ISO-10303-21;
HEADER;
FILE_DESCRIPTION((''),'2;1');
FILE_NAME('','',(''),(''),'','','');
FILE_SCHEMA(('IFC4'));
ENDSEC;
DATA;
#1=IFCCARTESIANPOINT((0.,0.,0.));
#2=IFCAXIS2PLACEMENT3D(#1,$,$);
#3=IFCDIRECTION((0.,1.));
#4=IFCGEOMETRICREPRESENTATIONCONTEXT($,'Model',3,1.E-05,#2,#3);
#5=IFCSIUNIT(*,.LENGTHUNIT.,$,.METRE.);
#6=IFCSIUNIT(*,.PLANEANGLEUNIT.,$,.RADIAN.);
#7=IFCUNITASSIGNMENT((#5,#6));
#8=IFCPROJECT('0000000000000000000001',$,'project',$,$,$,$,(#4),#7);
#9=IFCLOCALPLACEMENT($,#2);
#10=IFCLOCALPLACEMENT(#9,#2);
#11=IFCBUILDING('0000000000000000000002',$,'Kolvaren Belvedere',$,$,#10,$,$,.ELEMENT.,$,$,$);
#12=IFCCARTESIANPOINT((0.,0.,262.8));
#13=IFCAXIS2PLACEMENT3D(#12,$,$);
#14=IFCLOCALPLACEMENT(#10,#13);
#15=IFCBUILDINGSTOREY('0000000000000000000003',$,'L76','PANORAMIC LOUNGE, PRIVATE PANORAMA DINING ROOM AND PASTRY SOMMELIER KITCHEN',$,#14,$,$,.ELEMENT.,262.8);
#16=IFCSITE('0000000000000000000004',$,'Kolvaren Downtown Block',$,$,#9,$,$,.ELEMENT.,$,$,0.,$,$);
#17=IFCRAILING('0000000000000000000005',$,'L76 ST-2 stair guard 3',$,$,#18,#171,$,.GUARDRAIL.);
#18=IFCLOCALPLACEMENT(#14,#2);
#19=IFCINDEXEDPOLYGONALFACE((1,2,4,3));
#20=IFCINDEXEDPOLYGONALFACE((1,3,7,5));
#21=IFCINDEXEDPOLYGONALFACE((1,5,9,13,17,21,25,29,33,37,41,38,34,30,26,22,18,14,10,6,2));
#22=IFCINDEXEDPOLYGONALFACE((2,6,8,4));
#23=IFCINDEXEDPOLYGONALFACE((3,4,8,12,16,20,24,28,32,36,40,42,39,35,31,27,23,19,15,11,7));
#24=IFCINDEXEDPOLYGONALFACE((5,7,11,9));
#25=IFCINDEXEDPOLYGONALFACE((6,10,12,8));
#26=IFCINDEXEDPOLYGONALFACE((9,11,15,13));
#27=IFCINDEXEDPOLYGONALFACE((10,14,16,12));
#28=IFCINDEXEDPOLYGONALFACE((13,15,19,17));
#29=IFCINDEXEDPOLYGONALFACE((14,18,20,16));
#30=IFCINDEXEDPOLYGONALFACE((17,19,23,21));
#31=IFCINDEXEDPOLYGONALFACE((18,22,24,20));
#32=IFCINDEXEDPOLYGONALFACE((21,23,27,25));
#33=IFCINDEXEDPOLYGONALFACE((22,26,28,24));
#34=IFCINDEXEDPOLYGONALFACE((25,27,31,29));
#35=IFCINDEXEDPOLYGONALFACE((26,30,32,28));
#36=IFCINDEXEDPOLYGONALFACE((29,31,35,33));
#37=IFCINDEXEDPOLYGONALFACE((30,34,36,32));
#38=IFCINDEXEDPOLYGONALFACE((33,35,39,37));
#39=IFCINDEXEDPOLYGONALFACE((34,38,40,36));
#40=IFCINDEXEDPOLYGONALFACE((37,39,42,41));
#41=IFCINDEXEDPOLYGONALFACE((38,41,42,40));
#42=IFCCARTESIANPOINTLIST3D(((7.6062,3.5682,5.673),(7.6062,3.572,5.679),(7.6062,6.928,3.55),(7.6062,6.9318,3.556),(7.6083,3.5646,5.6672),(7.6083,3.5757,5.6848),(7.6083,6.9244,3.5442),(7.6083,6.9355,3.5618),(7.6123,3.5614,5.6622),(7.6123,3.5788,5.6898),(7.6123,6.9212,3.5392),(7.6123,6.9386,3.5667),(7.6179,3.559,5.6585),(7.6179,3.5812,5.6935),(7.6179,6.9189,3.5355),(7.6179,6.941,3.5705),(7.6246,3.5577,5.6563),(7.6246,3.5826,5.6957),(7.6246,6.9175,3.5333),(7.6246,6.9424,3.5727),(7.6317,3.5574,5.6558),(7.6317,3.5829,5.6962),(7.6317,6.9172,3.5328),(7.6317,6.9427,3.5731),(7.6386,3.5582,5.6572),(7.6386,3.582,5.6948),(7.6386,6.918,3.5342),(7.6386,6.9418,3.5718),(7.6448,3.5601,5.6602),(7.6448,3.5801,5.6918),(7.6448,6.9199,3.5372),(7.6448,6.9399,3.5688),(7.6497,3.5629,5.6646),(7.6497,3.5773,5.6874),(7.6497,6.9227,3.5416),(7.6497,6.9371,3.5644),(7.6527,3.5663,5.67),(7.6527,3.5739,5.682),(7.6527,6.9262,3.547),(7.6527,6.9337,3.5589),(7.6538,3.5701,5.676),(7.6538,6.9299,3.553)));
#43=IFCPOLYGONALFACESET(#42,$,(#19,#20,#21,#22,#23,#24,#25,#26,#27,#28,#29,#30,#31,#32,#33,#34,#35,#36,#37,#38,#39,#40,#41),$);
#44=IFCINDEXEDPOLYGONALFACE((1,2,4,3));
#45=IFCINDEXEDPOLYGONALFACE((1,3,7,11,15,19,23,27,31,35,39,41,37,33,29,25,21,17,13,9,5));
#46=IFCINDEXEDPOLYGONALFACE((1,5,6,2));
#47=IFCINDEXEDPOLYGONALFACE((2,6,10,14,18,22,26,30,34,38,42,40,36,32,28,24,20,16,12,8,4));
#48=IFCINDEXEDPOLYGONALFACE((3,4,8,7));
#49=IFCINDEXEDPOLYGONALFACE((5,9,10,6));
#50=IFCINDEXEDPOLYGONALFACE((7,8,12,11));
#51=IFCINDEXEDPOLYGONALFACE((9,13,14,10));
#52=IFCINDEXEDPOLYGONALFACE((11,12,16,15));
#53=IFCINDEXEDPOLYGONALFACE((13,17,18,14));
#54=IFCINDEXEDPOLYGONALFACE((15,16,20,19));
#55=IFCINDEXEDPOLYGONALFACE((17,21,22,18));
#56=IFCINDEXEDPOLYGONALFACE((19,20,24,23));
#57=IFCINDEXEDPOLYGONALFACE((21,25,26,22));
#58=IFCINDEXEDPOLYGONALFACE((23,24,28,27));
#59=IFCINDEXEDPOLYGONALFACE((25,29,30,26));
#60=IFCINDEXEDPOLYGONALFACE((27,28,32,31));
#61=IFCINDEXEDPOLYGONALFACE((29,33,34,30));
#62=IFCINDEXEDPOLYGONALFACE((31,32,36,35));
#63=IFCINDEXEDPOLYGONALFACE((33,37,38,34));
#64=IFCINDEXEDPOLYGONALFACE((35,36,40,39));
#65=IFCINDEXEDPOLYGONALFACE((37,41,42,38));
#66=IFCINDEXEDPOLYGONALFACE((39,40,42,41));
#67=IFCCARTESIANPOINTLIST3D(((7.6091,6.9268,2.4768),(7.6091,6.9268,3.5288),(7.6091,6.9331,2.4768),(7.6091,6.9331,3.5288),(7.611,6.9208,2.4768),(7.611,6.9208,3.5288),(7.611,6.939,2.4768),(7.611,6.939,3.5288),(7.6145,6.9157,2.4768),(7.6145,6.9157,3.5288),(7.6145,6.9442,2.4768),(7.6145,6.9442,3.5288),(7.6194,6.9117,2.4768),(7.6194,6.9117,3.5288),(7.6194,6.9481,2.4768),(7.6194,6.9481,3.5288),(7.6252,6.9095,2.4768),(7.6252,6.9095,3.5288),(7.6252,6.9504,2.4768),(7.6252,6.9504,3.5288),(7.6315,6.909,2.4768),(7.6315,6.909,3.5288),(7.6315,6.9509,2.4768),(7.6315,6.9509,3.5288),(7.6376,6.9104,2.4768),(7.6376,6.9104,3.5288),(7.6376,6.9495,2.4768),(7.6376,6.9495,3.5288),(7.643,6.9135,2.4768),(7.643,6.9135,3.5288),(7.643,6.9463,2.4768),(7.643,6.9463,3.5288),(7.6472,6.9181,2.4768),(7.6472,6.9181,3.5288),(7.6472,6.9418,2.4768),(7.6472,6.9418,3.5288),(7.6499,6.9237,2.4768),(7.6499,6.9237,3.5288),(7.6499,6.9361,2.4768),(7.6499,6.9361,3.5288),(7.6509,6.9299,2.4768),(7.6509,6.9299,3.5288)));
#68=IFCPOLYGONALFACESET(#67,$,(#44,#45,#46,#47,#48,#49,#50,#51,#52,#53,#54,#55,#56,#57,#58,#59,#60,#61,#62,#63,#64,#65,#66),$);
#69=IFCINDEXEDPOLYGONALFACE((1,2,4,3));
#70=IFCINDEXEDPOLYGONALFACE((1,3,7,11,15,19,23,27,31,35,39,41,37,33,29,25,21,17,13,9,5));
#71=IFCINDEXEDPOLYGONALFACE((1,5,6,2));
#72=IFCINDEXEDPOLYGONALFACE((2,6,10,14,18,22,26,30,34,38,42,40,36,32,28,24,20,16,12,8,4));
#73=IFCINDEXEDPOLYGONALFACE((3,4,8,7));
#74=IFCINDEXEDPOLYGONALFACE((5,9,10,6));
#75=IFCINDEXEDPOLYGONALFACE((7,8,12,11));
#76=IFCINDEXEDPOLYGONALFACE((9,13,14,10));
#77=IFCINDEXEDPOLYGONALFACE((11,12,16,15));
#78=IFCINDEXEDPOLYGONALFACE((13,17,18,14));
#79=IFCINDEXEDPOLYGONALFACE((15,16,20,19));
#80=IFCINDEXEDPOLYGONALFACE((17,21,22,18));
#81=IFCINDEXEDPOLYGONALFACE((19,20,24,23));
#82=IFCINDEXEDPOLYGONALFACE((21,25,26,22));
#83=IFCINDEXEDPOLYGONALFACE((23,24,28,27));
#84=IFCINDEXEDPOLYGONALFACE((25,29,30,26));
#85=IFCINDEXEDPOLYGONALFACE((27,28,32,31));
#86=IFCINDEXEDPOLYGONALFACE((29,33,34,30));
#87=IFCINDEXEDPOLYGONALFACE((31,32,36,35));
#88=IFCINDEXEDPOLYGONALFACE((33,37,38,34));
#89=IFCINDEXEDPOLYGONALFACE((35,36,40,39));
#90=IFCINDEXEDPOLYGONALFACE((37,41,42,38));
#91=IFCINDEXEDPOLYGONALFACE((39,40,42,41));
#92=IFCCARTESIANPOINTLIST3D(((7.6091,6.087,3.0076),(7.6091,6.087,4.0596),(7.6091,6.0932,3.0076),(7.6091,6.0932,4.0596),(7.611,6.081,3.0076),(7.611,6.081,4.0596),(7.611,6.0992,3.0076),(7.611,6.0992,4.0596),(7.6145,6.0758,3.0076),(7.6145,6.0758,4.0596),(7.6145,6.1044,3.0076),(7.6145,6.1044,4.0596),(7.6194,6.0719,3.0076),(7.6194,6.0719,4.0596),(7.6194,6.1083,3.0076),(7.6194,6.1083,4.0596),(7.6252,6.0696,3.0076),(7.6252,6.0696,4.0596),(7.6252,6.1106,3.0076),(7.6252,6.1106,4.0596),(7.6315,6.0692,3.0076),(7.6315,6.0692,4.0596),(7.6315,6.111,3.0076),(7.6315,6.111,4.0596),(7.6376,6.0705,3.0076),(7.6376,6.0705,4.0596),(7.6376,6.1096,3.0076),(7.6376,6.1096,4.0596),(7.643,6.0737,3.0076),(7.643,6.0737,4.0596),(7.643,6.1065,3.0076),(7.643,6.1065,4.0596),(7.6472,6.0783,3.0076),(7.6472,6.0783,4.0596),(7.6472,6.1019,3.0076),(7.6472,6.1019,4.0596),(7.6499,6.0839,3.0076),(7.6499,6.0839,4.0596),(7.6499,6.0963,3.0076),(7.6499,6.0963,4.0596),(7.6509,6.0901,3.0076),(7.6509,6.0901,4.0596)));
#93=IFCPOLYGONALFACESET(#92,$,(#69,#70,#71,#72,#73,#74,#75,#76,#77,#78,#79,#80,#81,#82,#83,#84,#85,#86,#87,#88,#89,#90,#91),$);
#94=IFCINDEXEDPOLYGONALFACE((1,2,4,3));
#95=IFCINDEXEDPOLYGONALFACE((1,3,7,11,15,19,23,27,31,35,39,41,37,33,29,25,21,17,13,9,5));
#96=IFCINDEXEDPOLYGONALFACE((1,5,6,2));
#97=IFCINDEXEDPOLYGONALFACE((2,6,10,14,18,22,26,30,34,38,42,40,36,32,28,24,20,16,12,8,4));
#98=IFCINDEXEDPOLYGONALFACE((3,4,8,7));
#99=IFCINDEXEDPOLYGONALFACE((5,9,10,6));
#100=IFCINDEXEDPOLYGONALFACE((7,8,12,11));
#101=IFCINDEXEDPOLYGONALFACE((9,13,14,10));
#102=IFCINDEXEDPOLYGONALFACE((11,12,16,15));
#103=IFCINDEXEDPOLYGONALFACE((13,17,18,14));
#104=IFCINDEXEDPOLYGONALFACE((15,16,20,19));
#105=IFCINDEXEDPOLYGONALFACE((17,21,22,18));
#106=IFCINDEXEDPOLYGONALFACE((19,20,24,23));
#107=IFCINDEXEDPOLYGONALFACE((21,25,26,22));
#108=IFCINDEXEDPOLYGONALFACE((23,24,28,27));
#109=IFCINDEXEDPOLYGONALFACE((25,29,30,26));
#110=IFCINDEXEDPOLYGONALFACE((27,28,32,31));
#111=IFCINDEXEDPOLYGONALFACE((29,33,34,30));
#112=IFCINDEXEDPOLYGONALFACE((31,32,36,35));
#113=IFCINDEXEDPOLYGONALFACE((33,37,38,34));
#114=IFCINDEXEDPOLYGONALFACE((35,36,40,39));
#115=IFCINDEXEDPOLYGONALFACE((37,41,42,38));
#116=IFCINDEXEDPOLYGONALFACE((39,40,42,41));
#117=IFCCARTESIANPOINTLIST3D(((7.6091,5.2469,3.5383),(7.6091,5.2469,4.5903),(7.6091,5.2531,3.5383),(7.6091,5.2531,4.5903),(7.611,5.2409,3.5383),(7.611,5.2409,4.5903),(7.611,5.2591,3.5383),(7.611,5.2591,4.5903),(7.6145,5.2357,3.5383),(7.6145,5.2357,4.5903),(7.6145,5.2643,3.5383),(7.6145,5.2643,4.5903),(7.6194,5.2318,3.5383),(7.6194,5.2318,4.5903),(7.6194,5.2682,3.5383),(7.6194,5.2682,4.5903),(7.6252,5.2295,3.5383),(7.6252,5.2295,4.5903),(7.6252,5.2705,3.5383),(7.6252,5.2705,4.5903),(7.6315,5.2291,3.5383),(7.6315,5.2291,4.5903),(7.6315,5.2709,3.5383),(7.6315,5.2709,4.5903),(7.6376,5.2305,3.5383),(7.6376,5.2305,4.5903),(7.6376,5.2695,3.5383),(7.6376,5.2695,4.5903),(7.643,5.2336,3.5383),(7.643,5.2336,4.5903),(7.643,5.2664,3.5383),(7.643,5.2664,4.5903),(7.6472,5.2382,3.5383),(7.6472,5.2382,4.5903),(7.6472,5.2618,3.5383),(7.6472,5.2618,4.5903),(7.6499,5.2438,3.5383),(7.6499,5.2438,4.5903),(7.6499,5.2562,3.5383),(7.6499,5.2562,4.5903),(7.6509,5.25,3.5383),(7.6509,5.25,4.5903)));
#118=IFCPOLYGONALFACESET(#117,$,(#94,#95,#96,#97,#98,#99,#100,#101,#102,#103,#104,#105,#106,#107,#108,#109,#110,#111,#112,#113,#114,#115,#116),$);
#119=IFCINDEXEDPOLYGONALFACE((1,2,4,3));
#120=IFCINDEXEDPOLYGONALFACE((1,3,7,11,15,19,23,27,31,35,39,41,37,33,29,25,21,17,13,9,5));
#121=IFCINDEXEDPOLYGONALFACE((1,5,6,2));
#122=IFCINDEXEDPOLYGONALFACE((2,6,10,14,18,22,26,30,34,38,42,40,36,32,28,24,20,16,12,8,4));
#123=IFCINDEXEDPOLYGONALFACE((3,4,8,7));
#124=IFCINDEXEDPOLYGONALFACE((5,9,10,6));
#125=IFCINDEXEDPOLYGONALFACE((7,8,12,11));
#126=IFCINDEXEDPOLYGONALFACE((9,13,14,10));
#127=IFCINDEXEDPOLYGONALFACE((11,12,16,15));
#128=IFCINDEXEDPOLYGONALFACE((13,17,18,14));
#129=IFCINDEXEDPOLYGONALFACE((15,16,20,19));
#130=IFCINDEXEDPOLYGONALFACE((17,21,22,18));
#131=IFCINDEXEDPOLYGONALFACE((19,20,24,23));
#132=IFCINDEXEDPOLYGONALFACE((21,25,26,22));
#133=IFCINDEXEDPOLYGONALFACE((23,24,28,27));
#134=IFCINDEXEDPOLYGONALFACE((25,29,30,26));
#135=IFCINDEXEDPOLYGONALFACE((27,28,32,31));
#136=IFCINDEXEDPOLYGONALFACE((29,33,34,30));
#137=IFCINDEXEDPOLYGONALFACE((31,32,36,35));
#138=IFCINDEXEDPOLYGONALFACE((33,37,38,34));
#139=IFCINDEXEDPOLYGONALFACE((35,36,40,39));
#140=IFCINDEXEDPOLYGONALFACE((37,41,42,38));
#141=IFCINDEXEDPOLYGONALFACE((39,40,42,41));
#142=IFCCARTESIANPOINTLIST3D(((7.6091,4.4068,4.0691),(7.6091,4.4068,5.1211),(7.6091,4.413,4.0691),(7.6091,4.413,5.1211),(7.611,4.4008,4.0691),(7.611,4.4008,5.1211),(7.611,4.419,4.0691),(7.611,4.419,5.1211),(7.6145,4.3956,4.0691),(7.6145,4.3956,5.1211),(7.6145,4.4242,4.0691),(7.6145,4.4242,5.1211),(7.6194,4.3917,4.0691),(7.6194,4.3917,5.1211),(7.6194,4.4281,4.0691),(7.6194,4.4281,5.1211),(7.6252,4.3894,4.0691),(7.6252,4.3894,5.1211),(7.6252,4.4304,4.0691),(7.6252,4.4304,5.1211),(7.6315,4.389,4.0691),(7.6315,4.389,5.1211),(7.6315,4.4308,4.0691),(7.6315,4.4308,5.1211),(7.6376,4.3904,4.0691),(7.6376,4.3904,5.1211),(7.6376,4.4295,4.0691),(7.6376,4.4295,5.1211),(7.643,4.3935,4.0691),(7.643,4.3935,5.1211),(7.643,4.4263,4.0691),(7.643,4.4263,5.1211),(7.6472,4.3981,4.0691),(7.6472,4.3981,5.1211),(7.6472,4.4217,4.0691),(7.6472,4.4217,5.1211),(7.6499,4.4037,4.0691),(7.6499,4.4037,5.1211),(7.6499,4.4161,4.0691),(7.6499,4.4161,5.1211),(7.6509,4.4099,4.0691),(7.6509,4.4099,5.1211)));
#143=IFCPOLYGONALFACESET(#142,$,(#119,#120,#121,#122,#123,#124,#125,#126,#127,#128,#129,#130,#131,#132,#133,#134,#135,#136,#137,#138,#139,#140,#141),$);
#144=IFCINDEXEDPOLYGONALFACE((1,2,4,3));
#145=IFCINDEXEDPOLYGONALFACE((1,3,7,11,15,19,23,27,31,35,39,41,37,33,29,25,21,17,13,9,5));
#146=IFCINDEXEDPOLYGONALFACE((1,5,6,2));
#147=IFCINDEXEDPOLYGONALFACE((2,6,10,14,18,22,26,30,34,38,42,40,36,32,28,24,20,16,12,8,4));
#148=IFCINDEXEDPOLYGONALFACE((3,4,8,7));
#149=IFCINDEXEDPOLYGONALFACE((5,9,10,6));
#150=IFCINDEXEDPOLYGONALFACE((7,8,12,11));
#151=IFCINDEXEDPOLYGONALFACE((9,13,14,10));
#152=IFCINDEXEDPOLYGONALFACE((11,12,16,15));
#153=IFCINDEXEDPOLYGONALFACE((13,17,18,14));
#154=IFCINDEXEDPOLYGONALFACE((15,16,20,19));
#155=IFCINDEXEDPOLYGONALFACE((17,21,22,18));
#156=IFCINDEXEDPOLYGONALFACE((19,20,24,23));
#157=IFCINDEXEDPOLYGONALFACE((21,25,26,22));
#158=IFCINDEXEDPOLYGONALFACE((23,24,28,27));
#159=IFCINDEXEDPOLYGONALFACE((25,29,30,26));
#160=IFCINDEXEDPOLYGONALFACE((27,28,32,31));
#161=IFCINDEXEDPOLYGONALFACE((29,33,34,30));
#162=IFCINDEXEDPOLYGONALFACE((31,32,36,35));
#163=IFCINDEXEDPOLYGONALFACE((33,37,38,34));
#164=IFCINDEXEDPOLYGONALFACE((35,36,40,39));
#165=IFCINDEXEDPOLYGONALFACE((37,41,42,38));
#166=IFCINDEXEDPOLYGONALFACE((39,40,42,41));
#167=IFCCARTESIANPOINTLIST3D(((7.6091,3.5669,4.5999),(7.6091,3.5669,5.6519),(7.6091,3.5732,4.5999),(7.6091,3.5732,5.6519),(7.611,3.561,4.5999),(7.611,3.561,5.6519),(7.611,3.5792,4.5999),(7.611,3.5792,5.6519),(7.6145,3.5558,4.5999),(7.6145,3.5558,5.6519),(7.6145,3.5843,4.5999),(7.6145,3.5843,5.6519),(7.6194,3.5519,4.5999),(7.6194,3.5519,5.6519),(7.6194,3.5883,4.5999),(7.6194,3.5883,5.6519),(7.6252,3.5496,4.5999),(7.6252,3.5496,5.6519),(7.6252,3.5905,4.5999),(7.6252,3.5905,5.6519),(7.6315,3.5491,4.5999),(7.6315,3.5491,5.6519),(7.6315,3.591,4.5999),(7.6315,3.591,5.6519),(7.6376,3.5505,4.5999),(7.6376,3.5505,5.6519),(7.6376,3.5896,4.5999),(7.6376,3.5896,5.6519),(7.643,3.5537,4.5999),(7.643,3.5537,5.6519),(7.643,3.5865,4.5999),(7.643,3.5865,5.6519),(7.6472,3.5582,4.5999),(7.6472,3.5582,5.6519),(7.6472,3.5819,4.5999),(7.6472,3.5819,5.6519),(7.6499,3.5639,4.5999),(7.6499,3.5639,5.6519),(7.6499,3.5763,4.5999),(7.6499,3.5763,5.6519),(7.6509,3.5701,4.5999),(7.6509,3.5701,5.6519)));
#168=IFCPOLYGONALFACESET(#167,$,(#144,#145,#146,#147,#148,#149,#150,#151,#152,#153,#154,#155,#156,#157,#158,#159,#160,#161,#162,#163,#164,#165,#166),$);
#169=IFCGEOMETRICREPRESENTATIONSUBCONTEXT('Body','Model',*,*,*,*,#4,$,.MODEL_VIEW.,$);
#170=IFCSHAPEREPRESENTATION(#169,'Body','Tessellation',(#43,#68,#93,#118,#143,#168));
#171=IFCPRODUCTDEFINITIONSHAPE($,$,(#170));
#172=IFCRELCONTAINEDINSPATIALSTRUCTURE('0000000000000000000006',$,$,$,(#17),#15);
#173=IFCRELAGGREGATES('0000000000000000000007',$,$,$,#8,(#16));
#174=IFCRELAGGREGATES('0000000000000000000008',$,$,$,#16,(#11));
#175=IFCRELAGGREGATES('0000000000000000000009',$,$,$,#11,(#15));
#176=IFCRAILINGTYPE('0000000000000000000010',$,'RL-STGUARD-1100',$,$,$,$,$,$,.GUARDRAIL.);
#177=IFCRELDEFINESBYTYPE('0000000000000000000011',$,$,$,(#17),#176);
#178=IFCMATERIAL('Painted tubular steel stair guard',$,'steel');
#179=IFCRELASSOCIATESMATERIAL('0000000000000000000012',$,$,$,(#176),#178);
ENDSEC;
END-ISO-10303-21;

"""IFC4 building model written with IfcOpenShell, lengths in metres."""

from ifc_helpers import new_model, si_unit, direction, frame, origin, origin_2d, place, context, subcontext, project, spatial, circle, extrude, material, type_object, element, save


model = new_model("IFC4")

# Units and contexts
model_context = context("Model", 3, precision=1e-05, world=origin(), true_north=direction((0.0, 1.0)))
body_context = subcontext(model_context, "Body", "Model", "MODEL_VIEW")
ifc_project = project(units=[si_unit("LENGTHUNIT", "METRE"), si_unit("PLANEANGLEUNIT", "RADIAN")], contexts=[model_context])

# Site, building, storey
site_placement = place(None, origin())
site = spatial("IfcSite", under=ifc_project, at=site_placement, Name="Kolvaren Downtown Block", CompositionType="ELEMENT", RefElevation=0.0)
building_placement = place(site_placement, origin())
building = spatial("IfcBuilding", under=site, at=building_placement, Name="Kolvaren Belvedere", CompositionType="ELEMENT")
storey_placement = place(building_placement, frame((0.0, 0.0, 262.8)))
storey = spatial("IfcBuildingStorey", under=building, at=storey_placement, Name="L76", Description="PANORAMIC LOUNGE, PRIVATE PANORAMA DINING ROOM AND PASTRY SOMMELIER KITCHEN", CompositionType="ELEMENT", Elevation=262.8)

# Railing
ifc_material_1 = material(Name="Painted tubular steel stair guard", Category="steel")
railing_type_1 = type_object("IfcRailingType", Name="RL-STGUARD-1100", PredefinedType="GUARDRAIL", material=ifc_material_1)
railing_1_placement = place(storey_placement, frame((7.6299, 6.9299, 2.4768)))
element("IfcRailing", 1, at=railing_1_placement, inside=storey, type_object=railing_type_1, Name="L76 ST-2 stair guard 3", PredefinedType="GUARDRAIL", context=body_context, shape_type="SweptSolid", body=[
    extrude(circle(Radius=0.0239, at=origin_2d()), frame((0.0, 0.0, 1.0762), z_axis=(0.0, -0.845372, 0.534178), x_axis=(1.0, 0.0, 0.0)), (0.0, 0.0, 1.0), 3.9744),
    extrude(circle(Radius=0.021, at=origin_2d()), origin(), (0.0, 0.0, 1.0), 1.052),
    extrude(circle(Radius=0.021, at=origin_2d()), frame((0.0, -0.8398, 0.5308)), (0.0, 0.0, 1.0), 1.052),
    extrude(circle(Radius=0.021, at=origin_2d()), frame((0.0, -1.6799, 1.0615)), (0.0, 0.0, 1.0), 1.052),
    extrude(circle(Radius=0.021, at=origin_2d()), frame((0.0, -2.52, 1.5923)), (0.0, 0.0, 1.0), 1.052),
    extrude(circle(Radius=0.021, at=origin_2d()), frame((0.0, -3.3599, 2.123)), (0.0, 0.0, 1.0), 1.052),
])

save(model, "model.ifc")
